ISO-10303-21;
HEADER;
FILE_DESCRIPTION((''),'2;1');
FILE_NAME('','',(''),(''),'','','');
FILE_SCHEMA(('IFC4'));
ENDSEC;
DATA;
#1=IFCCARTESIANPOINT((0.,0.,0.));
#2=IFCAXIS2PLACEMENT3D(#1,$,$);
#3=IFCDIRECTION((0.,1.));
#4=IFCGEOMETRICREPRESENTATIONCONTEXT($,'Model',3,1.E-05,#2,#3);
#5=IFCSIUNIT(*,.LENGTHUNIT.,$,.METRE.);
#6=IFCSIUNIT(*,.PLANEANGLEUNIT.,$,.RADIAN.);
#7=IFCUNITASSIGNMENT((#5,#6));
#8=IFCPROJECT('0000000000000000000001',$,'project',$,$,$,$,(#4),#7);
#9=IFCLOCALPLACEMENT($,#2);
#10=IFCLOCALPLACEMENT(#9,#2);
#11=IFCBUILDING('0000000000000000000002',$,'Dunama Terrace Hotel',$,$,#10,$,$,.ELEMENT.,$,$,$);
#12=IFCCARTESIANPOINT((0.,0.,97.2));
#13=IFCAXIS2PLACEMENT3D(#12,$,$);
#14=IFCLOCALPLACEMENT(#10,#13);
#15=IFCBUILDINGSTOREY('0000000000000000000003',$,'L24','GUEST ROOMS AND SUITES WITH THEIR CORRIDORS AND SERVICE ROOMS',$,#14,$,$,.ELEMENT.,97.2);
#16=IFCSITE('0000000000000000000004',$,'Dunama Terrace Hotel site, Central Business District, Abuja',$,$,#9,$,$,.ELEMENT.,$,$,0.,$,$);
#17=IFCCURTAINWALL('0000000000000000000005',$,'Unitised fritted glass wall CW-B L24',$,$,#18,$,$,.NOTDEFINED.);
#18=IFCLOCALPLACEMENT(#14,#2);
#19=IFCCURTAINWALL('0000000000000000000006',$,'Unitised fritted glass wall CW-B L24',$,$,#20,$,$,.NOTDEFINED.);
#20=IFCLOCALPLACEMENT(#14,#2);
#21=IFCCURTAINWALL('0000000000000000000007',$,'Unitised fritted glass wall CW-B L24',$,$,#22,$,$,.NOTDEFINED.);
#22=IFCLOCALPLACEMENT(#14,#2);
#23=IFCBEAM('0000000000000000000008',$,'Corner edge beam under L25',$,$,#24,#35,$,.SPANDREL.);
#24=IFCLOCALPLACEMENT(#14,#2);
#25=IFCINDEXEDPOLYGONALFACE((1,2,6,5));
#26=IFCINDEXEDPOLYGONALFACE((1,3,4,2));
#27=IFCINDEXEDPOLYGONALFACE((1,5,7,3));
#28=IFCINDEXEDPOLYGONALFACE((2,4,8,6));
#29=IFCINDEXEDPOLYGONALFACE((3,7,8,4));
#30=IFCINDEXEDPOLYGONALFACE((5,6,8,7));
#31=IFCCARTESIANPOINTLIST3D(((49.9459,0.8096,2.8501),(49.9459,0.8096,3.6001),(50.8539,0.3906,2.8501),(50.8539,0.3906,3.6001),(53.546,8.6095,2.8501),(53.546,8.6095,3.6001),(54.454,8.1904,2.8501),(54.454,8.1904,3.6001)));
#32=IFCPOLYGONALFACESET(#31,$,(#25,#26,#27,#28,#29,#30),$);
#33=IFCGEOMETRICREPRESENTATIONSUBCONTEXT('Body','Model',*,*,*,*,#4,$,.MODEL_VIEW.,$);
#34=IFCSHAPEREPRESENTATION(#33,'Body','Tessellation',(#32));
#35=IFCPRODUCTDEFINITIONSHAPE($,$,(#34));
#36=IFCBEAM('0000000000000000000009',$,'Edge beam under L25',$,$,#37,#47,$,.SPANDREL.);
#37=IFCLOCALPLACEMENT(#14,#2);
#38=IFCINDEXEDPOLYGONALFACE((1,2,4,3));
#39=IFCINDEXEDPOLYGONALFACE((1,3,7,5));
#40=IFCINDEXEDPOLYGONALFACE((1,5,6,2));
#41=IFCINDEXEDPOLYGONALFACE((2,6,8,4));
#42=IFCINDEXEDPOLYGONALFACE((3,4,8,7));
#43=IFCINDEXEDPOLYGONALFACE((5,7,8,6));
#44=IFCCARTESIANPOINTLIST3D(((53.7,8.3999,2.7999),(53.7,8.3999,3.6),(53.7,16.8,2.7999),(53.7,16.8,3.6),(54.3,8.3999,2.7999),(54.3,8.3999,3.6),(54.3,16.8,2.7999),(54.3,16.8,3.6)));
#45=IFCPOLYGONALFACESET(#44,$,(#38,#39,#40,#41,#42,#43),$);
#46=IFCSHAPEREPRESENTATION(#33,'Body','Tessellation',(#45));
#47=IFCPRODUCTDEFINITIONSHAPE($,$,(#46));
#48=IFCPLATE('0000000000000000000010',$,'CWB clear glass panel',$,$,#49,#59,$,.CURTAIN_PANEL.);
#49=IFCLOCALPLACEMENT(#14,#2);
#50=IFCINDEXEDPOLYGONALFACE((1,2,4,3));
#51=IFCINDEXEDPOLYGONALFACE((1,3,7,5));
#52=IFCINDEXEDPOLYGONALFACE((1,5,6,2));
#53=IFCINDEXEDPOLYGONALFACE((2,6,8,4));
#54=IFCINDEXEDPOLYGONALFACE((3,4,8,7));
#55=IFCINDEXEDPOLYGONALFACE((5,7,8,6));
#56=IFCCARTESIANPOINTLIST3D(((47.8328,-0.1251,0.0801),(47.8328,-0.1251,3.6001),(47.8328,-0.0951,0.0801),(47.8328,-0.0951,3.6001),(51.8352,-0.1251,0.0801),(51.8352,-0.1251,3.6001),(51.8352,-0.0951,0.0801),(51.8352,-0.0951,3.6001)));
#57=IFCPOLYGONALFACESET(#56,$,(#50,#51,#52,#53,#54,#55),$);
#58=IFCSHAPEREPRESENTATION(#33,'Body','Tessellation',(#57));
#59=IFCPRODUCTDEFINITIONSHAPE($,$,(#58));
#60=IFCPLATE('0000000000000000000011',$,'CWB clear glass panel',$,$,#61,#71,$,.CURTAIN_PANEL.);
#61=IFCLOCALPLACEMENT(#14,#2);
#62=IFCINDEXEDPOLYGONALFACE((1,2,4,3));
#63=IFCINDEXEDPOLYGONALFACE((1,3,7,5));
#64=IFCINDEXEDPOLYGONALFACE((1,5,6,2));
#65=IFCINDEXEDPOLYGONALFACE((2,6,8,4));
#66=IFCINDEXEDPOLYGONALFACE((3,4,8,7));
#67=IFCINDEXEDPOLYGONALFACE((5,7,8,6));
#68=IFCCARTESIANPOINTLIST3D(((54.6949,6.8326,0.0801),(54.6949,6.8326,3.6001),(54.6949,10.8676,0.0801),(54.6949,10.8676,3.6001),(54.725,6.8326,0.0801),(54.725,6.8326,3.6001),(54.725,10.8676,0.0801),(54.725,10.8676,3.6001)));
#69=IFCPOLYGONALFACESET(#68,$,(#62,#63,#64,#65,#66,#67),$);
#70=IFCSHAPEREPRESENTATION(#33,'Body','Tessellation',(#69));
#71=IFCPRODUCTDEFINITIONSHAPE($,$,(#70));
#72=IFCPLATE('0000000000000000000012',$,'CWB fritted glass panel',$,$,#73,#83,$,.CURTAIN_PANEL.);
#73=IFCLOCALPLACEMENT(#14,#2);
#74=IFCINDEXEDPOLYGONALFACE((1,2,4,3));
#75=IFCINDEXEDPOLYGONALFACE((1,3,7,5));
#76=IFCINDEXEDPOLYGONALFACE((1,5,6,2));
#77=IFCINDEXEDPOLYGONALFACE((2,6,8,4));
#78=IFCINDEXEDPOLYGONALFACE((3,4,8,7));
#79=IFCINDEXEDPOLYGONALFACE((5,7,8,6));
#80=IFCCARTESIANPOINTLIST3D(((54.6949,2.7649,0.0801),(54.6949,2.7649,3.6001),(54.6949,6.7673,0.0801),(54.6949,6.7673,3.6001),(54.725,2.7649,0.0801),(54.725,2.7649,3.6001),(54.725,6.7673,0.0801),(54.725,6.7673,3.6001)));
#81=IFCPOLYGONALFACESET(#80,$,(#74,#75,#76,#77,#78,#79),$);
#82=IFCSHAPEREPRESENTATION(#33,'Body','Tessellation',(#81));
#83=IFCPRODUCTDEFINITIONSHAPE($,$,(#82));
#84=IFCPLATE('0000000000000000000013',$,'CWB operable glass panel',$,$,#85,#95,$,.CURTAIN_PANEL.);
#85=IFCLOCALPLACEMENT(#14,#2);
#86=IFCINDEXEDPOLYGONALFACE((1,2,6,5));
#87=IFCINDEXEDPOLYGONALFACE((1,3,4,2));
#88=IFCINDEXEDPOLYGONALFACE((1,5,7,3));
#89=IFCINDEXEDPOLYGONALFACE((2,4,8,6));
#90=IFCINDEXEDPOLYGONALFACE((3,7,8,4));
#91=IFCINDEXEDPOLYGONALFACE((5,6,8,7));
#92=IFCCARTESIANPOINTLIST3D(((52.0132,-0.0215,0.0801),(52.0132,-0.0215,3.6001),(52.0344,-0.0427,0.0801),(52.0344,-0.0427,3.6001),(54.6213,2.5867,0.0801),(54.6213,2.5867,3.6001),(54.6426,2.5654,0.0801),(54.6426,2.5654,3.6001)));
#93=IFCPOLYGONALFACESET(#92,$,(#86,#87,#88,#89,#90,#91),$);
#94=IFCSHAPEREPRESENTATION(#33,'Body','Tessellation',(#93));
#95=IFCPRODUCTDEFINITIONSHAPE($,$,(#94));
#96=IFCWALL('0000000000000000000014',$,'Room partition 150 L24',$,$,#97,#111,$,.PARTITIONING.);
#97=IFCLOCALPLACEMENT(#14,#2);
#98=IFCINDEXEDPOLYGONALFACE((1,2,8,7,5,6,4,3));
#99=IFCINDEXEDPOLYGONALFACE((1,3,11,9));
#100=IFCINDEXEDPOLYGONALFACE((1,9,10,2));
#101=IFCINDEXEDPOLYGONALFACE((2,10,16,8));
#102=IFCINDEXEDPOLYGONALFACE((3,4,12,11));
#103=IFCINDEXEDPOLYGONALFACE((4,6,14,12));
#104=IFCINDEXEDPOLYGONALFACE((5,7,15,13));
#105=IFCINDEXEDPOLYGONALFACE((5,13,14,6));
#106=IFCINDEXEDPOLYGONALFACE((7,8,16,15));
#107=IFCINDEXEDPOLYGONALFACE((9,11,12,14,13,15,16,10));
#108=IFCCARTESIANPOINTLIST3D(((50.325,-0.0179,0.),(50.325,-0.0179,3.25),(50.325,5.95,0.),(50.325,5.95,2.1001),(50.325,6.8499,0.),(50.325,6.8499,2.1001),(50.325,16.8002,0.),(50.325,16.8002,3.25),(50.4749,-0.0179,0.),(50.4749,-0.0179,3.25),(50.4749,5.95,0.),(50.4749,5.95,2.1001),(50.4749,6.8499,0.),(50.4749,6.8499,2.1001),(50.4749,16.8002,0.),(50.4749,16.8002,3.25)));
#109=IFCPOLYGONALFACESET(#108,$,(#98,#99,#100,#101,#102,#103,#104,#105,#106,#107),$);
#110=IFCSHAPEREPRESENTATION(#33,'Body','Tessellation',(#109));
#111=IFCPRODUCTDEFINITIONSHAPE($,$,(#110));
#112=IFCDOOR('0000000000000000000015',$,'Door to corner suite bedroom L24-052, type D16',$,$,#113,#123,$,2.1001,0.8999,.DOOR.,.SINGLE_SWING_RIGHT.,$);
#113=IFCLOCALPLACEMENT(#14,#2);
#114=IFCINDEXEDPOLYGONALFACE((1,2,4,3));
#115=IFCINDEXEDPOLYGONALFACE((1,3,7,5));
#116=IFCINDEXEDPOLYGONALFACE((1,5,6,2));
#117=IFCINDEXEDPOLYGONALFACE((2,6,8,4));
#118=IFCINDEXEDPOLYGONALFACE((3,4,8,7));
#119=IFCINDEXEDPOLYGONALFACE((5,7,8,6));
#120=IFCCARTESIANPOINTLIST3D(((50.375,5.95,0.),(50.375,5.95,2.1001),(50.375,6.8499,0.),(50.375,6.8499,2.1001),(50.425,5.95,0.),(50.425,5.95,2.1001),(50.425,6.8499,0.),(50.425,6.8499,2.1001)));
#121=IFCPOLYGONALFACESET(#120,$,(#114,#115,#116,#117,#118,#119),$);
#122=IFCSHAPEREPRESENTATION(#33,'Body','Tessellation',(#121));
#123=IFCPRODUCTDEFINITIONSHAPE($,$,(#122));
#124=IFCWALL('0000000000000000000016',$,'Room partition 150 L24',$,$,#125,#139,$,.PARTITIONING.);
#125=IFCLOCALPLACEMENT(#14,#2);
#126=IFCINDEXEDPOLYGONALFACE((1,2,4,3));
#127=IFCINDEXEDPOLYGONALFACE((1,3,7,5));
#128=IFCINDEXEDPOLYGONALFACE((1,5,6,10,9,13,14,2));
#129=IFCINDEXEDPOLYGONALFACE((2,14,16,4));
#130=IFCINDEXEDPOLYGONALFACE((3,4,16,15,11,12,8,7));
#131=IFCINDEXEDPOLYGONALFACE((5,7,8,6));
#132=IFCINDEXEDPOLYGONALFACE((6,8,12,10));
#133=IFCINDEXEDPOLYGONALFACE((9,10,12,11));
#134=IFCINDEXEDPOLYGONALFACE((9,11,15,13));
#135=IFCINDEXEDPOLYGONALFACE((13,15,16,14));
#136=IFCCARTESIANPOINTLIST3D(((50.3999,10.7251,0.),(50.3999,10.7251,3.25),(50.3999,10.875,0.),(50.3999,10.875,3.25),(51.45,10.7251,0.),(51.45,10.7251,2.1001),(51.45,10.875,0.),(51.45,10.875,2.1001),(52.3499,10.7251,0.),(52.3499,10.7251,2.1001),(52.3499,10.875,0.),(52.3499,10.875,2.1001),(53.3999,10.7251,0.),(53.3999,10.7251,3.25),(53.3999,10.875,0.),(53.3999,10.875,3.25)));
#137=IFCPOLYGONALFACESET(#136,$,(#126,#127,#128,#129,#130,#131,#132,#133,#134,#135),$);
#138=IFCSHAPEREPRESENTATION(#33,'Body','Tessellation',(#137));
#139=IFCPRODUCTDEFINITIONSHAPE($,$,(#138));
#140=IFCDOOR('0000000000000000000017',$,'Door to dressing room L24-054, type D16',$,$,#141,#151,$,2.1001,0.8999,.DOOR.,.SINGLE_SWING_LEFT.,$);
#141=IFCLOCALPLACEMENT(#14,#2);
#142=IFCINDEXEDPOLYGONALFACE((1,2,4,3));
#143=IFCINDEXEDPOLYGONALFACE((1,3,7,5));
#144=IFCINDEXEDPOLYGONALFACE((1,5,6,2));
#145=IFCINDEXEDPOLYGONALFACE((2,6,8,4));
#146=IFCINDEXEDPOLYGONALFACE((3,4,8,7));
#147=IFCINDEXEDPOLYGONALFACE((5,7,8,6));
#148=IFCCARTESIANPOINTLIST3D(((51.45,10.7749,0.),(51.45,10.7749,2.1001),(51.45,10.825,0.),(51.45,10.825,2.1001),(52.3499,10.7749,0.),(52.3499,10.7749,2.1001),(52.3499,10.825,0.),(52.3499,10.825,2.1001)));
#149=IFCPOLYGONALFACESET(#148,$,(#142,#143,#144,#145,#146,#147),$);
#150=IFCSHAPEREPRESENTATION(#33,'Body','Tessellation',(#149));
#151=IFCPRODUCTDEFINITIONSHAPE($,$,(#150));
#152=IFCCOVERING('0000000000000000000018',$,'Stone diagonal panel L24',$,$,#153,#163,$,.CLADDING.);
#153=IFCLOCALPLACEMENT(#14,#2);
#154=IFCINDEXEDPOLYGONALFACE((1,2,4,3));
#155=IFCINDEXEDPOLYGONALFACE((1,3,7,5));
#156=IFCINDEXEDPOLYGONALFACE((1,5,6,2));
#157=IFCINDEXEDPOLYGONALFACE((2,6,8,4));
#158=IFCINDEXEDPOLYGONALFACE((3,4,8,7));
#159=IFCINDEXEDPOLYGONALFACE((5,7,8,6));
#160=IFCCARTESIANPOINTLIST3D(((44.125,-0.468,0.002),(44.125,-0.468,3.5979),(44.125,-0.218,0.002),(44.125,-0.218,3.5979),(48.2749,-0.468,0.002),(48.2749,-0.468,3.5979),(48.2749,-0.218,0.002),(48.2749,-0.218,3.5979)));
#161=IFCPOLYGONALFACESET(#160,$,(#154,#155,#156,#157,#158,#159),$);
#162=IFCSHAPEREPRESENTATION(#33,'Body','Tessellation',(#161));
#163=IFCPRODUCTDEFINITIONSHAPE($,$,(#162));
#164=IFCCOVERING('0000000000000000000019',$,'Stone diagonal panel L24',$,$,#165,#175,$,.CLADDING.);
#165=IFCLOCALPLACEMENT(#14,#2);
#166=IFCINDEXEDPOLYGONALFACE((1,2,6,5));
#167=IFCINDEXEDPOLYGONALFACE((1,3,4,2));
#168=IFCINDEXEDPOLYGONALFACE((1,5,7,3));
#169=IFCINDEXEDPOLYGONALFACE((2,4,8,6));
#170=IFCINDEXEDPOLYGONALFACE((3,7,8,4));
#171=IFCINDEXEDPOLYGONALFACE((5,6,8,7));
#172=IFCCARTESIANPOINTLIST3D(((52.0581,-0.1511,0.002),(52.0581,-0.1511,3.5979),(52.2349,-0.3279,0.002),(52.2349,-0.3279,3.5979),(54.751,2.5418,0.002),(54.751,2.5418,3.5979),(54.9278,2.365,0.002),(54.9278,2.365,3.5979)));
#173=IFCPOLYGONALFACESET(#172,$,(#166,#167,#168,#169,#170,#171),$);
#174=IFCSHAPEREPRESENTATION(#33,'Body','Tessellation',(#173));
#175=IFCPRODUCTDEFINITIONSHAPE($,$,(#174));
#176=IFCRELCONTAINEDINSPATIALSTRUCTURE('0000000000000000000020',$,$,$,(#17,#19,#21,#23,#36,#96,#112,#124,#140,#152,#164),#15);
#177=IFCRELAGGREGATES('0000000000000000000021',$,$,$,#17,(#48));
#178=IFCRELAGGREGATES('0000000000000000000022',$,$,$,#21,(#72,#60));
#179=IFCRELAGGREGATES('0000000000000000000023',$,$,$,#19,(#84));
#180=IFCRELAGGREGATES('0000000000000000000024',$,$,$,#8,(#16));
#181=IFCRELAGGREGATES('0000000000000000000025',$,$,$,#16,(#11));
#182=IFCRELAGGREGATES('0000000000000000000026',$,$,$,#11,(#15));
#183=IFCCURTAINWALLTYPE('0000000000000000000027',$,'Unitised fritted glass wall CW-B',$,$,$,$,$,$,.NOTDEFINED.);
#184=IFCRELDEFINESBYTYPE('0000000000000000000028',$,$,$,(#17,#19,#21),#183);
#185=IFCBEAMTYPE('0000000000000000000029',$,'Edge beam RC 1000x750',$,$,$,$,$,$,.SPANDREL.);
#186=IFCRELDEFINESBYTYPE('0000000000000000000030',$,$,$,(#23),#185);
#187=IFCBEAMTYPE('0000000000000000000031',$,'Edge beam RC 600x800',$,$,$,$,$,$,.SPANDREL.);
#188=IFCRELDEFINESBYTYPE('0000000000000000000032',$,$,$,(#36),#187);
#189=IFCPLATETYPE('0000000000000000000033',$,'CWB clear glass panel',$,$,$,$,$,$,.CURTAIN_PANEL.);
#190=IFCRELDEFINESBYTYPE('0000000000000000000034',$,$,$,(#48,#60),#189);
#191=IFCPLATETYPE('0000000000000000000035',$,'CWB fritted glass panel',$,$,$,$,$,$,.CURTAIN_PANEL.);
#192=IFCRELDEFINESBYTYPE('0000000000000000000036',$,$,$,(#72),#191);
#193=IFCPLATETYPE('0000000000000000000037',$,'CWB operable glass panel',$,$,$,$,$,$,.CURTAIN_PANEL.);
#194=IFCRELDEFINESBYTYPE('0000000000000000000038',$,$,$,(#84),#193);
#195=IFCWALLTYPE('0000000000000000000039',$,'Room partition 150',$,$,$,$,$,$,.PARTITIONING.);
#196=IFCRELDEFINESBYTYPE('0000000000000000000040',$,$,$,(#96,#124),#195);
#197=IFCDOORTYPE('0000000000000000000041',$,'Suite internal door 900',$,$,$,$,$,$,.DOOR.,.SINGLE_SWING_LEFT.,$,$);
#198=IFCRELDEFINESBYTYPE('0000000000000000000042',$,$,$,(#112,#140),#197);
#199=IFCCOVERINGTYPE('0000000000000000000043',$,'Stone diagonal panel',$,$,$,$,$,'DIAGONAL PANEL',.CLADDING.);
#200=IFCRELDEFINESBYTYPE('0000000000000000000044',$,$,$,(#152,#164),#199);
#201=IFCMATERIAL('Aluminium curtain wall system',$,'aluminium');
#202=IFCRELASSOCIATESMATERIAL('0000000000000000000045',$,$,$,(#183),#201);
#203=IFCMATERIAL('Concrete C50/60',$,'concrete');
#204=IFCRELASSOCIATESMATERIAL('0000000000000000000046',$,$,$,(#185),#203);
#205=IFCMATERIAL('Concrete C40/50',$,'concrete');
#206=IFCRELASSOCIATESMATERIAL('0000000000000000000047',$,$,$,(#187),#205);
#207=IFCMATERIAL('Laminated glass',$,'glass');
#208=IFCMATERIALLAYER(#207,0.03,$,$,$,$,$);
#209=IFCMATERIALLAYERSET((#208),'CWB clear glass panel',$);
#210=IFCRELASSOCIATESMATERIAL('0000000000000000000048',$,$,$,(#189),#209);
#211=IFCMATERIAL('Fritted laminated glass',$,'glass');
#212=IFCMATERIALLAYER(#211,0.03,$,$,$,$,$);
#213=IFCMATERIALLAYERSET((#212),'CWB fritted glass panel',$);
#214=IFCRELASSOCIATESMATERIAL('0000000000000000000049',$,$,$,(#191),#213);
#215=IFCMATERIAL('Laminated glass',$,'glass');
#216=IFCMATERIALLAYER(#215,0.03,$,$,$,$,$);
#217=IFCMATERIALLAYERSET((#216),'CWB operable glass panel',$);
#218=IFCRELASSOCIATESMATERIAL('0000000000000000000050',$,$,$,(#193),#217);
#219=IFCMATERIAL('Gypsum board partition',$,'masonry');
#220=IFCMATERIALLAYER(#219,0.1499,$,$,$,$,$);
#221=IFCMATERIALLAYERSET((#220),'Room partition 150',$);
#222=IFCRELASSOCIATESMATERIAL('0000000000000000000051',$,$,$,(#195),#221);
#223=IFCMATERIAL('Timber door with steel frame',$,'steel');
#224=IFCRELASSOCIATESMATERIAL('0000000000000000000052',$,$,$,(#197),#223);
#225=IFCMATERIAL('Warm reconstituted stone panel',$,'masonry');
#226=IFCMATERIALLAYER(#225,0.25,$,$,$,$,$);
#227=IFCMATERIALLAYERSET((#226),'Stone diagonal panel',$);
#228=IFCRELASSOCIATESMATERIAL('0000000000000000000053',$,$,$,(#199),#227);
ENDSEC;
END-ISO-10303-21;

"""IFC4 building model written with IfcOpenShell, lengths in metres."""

from ifc_helpers import new_model, si_unit, direction, frame, frame_2d, origin, origin_2d, place, context, subcontext, project, spatial, rectangle, extrude, material, layer, layer_set, material_profile, profile_set, type_object, element, fill, aggregate, save


model = new_model("IFC4")

# Units and contexts
model_context = context("Model", 3, precision=1e-05, world=origin(), true_north=direction((0.0, 1.0)))
body_context = subcontext(model_context, "Body", "Model", "MODEL_VIEW")
ifc_project = project(units=[si_unit("LENGTHUNIT", "METRE"), si_unit("PLANEANGLEUNIT", "RADIAN")], contexts=[model_context])

# Site, building, storey
site_placement = place(None, origin())
site = spatial("IfcSite", under=ifc_project, at=site_placement, Name="Dunama Terrace Hotel site, Central Business District, Abuja", CompositionType="ELEMENT", RefElevation=0.0)
building_placement = place(site_placement, origin())
building = spatial("IfcBuilding", under=site, at=building_placement, Name="Dunama Terrace Hotel", CompositionType="ELEMENT")
storey_placement = place(building_placement, frame((0.0, 0.0, 97.2)))
storey = spatial("IfcBuildingStorey", under=building, at=storey_placement, Name="L24", Description="GUEST ROOMS AND SUITES WITH THEIR CORRIDORS AND SERVICE ROOMS", CompositionType="ELEMENT", Elevation=97.2)

# Curtain walls
ifc_material_1 = material(Name="Aluminium curtain wall system", Category="aluminium")
curtain_wall_type = type_object("IfcCurtainWallType", Name="Unitised fritted glass wall CW-B", PredefinedType="NOTDEFINED", material=ifc_material_1)
curtain_wall_1_placement = place(storey_placement, origin())
curtain_wall_1 = element("IfcCurtainWall", 1, at=curtain_wall_1_placement, inside=storey, type_object=curtain_wall_type, Name="Unitised fritted glass wall CW-B L24", PredefinedType="NOTDEFINED")
curtain_wall_2_placement = place(storey_placement, origin())
curtain_wall_2 = element("IfcCurtainWall", 2, at=curtain_wall_2_placement, inside=storey, type_object=curtain_wall_type, Name="Unitised fritted glass wall CW-B L24", PredefinedType="NOTDEFINED")
curtain_wall_3_placement = place(storey_placement, origin())
curtain_wall_3 = element("IfcCurtainWall", 3, at=curtain_wall_3_placement, inside=storey, type_object=curtain_wall_type, Name="Unitised fritted glass wall CW-B L24", PredefinedType="NOTDEFINED")

# Beams
ifc_material_2 = material(Name="Concrete C50/60", Category="concrete")
ifc_material_profile_1 = material_profile(ifc_material_2, rectangle(XDim=1.0, YDim=0.75, at=origin_2d()), Name="RC 1000x750")
ifc_profile_set_1 = profile_set([ifc_material_profile_1], Name="Concrete C50/60")
beam_type_1 = type_object("IfcBeamType", Name="Edge beam RC 1000x750", PredefinedType="SPANDREL", material=ifc_profile_set_1)
beam_1_placement = place(storey_placement, frame((50.3999, 0.6001, 3.2251), z_axis=(0.419076, 0.907951, 0.0), x_axis=(-0.907951, 0.419076, 0.0)))
element("IfcBeam", 4, at=beam_1_placement, inside=storey, type_object=beam_type_1, Name="Corner edge beam under L25", PredefinedType="SPANDREL", context=body_context, shape_type="SweptSolid", body=[
    extrude(rectangle(XDim=1.0, YDim=0.75, at=origin_2d()), origin(), (0.0, 0.0, 1.0), 8.5906),
])
ifc_material_3 = material(Name="Concrete C40/50", Category="concrete")
ifc_material_profile_2 = material_profile(ifc_material_3, rectangle(XDim=0.6001, YDim=0.8, at=origin_2d()), Name="RC 600x800")
ifc_profile_set_2 = profile_set([ifc_material_profile_2], Name="Concrete C40/50")
beam_type_2 = type_object("IfcBeamType", Name="Edge beam RC 600x800", PredefinedType="SPANDREL", material=ifc_profile_set_2)
beam_2_placement = place(storey_placement, frame((54.0, 8.3999, 3.2), z_axis=(0.0, 1.0, 0.0), x_axis=(-1.0, 0.0, 0.0)))
element("IfcBeam", 5, at=beam_2_placement, inside=storey, type_object=beam_type_2, Name="Edge beam under L25", PredefinedType="SPANDREL", context=body_context, shape_type="SweptSolid", body=[
    extrude(rectangle(XDim=0.6001, YDim=0.8, at=origin_2d()), origin(), (0.0, 0.0, 1.0), 8.4001),
])

# Plates
ifc_material_4 = material(Name="Laminated glass", Category="glass")
ifc_layer_1 = layer(ifc_material_4, 0.03)
ifc_layer_set_1 = layer_set([ifc_layer_1], Name="CWB clear glass panel")
plate_type_1 = type_object("IfcPlateType", Name="CWB clear glass panel", PredefinedType="CURTAIN_PANEL", material=ifc_layer_set_1)
plate_1_placement = place(storey_placement, frame((49.834, -0.1101, 0.0801), z_axis=(0.0, 0.0, 1.0), x_axis=(1.0, 0.0, 0.0)))
plate_1 = element("IfcPlate", 6, at=plate_1_placement, type_object=plate_type_1, Name="CWB clear glass panel", PredefinedType="CURTAIN_PANEL", context=body_context, shape_type="SweptSolid", body=[
    extrude(rectangle(XDim=4.0024, YDim=0.03, at=origin_2d()), origin(), (0.0, 0.0, 1.0), 3.52),
])
aggregate(curtain_wall_1, [plate_1])
plate_2_placement = place(storey_placement, frame((54.71, 8.8501, 0.0801), z_axis=(0.0, 0.0, 1.0), x_axis=(0.0, 1.0, 0.0)))
plate_2 = element("IfcPlate", 7, at=plate_2_placement, type_object=plate_type_1, Name="CWB clear glass panel", PredefinedType="CURTAIN_PANEL", context=body_context, shape_type="SweptSolid", body=[
    extrude(rectangle(XDim=4.0349, YDim=0.03, at=origin_2d()), origin(), (0.0, 0.0, 1.0), 3.52),
])
ifc_material_5 = material(Name="Fritted laminated glass", Category="glass")
ifc_layer_2 = layer(ifc_material_5, 0.03)
ifc_layer_set_2 = layer_set([ifc_layer_2], Name="CWB fritted glass panel")
plate_type_2 = type_object("IfcPlateType", Name="CWB fritted glass panel", PredefinedType="CURTAIN_PANEL", material=ifc_layer_set_2)
plate_3_placement = place(storey_placement, frame((54.71, 4.7661, 0.0801), z_axis=(0.0, 0.0, 1.0), x_axis=(0.0, 1.0, 0.0)))
plate_3 = element("IfcPlate", 8, at=plate_3_placement, type_object=plate_type_2, Name="CWB fritted glass panel", PredefinedType="CURTAIN_PANEL", context=body_context, shape_type="SweptSolid", body=[
    extrude(rectangle(XDim=4.0024, YDim=0.03, at=origin_2d()), origin(), (0.0, 0.0, 1.0), 3.52),
])
aggregate(curtain_wall_3, [plate_3, plate_2])
ifc_material_6 = material(Name="Laminated glass", Category="glass")
ifc_layer_3 = layer(ifc_material_6, 0.03)
ifc_layer_set_3 = layer_set([ifc_layer_3], Name="CWB operable glass panel")
plate_type_3 = type_object("IfcPlateType", Name="CWB operable glass panel", PredefinedType="CURTAIN_PANEL", material=ifc_layer_set_3)
plate_4_placement = place(storey_placement, frame((53.3279, 1.272, 0.0801), z_axis=(0.0, 0.0, 1.0), x_axis=(0.707107, 0.707107, 0.0)))
plate_4 = element("IfcPlate", 9, at=plate_4_placement, type_object=plate_type_3, Name="CWB operable glass panel", PredefinedType="CURTAIN_PANEL", context=body_context, shape_type="SweptSolid", body=[
    extrude(rectangle(XDim=3.6885, YDim=0.03, at=origin_2d()), origin(), (0.0, 0.0, 1.0), 3.52),
])
aggregate(curtain_wall_2, [plate_4])

# Walls, openings, doors
ifc_material_7 = material(Name="Gypsum board partition", Category="masonry")
ifc_layer_4 = layer(ifc_material_7, 0.1499)
ifc_layer_set_4 = layer_set([ifc_layer_4], Name="Room partition 150")
wall_type = type_object("IfcWallType", Name="Room partition 150", PredefinedType="PARTITIONING", material=ifc_layer_set_4)
wall_1_placement = place(storey_placement, frame((50.3999, -0.0181, 0.0), z_axis=(0.0, 0.0, 1.0), x_axis=(0.0, 1.0, 0.0)))
wall_1 = element("IfcWall", 10, at=wall_1_placement, inside=storey, type_object=wall_type, Name="Room partition 150 L24", PredefinedType="PARTITIONING", context=body_context, shape_type="SweptSolid", body=[
    extrude(rectangle(XDim=16.8181, YDim=0.1499, at=frame_2d((8.4092, 0.0))), origin(), (0.0, 0.0, 1.0), 3.25),
])
opening_1_placement = place(wall_1_placement, frame((5.968, 0.0, 0.0)))
opening_1 = element("IfcOpeningElement", 11, at=opening_1_placement, cuts=wall_1, PredefinedType="OPENING", context=body_context, shape_type="SweptSolid", body=[
    extrude(rectangle(XDim=0.8999, YDim=2.1001, at=frame_2d((0.45, 1.05))), frame((0.0, 0.085, 0.0), z_axis=(0.0, -1.0, 0.0), x_axis=(1.0, 0.0, 0.0)), (0.0, 0.0, 1.0), 0.1699),
])
ifc_material_8 = material(Name="Timber door with steel frame", Category="steel")
door_type = type_object("IfcDoorType", Name="Suite internal door 900", OperationType="SINGLE_SWING_LEFT", PredefinedType="DOOR", material=ifc_material_8)
door_1_placement = place(opening_1_placement, frame((0.8999, 0.0, 0.0), z_axis=(0.0, 0.0, 1.0), x_axis=(-1.0, 0.0, 0.0)))
door_1 = element("IfcDoor", 12, at=door_1_placement, inside=storey, type_object=door_type, Name="Door to corner suite bedroom L24-052, type D16", OperationType="SINGLE_SWING_RIGHT", OverallHeight=2.1001, OverallWidth=0.8999, PredefinedType="DOOR", context=body_context, shape_type="SweptSolid", body=[
    extrude(rectangle(XDim=0.8999, YDim=2.1001, at=frame_2d((0.45, 1.05))), frame((0.0, 0.0251, 0.0), z_axis=(0.0, -1.0, 0.0), x_axis=(1.0, 0.0, 0.0)), (0.0, 0.0, 1.0), 0.05),
])
fill(opening_1, door_1)
wall_2_placement = place(storey_placement, frame((50.3999, 10.8, 0.0), z_axis=(0.0, 0.0, 1.0), x_axis=(1.0, 0.0, 0.0)))
wall_2 = element("IfcWall", 13, at=wall_2_placement, inside=storey, type_object=wall_type, Name="Room partition 150 L24", PredefinedType="PARTITIONING", context=body_context, shape_type="SweptSolid", body=[
    extrude(rectangle(XDim=3.0, YDim=0.1499, at=frame_2d((1.5, 0.0))), origin(), (0.0, 0.0, 1.0), 3.25),
])
opening_2_placement = place(wall_2_placement, frame((1.05, 0.0, 0.0)))
opening_2 = element("IfcOpeningElement", 14, at=opening_2_placement, cuts=wall_2, PredefinedType="OPENING", context=body_context, shape_type="SweptSolid", body=[
    extrude(rectangle(XDim=0.8999, YDim=2.1001, at=frame_2d((0.45, 1.05))), frame((0.0, 0.085, 0.0), z_axis=(0.0, -1.0, 0.0), x_axis=(1.0, 0.0, 0.0)), (0.0, 0.0, 1.0), 0.1699),
])
door_2_placement = place(opening_2_placement, origin())
door_2 = element("IfcDoor", 15, at=door_2_placement, inside=storey, type_object=door_type, Name="Door to dressing room L24-054, type D16", OperationType="SINGLE_SWING_LEFT", OverallHeight=2.1001, OverallWidth=0.8999, PredefinedType="DOOR", context=body_context, shape_type="SweptSolid", body=[
    extrude(rectangle(XDim=0.8999, YDim=2.1001, at=frame_2d((0.45, 1.05))), frame((0.0, 0.0249, 0.0), z_axis=(0.0, -1.0, 0.0), x_axis=(1.0, 0.0, 0.0)), (0.0, 0.0, 1.0), 0.05),
])
fill(opening_2, door_2)

# Coverings
ifc_material_9 = material(Name="Warm reconstituted stone panel", Category="masonry")
ifc_layer_5 = layer(ifc_material_9, 0.25)
ifc_layer_set_5 = layer_set([ifc_layer_5], Name="Stone diagonal panel")
covering_type = type_object("IfcCoveringType", Name="Stone diagonal panel", ElementType="DIAGONAL PANEL", PredefinedType="CLADDING", material=ifc_layer_set_5)
covering_1_placement = place(storey_placement, frame((46.2, -0.343, 0.002), z_axis=(0.0, 0.0, 1.0), x_axis=(1.0, 0.0, 0.0)))
element("IfcCovering", 16, at=covering_1_placement, inside=storey, type_object=covering_type, Name="Stone diagonal panel L24", PredefinedType="CLADDING", context=body_context, shape_type="SweptSolid", body=[
    extrude(rectangle(XDim=4.1499, YDim=0.25, at=origin_2d()), origin(), (0.0, 0.0, 1.0), 3.5959),
])
covering_2_placement = place(storey_placement, frame((53.4929, 1.1069, 0.002), z_axis=(0.0, 0.0, 1.0), x_axis=(0.707107, 0.707107, 0.0)))
element("IfcCovering", 17, at=covering_2_placement, inside=storey, type_object=covering_type, Name="Stone diagonal panel L24", PredefinedType="CLADDING", context=body_context, shape_type="SweptSolid", body=[
    extrude(rectangle(XDim=3.8083, YDim=0.25, at=origin_2d()), origin(), (0.0, 0.0, 1.0), 3.5959),
])

save(model, "model.ifc")
